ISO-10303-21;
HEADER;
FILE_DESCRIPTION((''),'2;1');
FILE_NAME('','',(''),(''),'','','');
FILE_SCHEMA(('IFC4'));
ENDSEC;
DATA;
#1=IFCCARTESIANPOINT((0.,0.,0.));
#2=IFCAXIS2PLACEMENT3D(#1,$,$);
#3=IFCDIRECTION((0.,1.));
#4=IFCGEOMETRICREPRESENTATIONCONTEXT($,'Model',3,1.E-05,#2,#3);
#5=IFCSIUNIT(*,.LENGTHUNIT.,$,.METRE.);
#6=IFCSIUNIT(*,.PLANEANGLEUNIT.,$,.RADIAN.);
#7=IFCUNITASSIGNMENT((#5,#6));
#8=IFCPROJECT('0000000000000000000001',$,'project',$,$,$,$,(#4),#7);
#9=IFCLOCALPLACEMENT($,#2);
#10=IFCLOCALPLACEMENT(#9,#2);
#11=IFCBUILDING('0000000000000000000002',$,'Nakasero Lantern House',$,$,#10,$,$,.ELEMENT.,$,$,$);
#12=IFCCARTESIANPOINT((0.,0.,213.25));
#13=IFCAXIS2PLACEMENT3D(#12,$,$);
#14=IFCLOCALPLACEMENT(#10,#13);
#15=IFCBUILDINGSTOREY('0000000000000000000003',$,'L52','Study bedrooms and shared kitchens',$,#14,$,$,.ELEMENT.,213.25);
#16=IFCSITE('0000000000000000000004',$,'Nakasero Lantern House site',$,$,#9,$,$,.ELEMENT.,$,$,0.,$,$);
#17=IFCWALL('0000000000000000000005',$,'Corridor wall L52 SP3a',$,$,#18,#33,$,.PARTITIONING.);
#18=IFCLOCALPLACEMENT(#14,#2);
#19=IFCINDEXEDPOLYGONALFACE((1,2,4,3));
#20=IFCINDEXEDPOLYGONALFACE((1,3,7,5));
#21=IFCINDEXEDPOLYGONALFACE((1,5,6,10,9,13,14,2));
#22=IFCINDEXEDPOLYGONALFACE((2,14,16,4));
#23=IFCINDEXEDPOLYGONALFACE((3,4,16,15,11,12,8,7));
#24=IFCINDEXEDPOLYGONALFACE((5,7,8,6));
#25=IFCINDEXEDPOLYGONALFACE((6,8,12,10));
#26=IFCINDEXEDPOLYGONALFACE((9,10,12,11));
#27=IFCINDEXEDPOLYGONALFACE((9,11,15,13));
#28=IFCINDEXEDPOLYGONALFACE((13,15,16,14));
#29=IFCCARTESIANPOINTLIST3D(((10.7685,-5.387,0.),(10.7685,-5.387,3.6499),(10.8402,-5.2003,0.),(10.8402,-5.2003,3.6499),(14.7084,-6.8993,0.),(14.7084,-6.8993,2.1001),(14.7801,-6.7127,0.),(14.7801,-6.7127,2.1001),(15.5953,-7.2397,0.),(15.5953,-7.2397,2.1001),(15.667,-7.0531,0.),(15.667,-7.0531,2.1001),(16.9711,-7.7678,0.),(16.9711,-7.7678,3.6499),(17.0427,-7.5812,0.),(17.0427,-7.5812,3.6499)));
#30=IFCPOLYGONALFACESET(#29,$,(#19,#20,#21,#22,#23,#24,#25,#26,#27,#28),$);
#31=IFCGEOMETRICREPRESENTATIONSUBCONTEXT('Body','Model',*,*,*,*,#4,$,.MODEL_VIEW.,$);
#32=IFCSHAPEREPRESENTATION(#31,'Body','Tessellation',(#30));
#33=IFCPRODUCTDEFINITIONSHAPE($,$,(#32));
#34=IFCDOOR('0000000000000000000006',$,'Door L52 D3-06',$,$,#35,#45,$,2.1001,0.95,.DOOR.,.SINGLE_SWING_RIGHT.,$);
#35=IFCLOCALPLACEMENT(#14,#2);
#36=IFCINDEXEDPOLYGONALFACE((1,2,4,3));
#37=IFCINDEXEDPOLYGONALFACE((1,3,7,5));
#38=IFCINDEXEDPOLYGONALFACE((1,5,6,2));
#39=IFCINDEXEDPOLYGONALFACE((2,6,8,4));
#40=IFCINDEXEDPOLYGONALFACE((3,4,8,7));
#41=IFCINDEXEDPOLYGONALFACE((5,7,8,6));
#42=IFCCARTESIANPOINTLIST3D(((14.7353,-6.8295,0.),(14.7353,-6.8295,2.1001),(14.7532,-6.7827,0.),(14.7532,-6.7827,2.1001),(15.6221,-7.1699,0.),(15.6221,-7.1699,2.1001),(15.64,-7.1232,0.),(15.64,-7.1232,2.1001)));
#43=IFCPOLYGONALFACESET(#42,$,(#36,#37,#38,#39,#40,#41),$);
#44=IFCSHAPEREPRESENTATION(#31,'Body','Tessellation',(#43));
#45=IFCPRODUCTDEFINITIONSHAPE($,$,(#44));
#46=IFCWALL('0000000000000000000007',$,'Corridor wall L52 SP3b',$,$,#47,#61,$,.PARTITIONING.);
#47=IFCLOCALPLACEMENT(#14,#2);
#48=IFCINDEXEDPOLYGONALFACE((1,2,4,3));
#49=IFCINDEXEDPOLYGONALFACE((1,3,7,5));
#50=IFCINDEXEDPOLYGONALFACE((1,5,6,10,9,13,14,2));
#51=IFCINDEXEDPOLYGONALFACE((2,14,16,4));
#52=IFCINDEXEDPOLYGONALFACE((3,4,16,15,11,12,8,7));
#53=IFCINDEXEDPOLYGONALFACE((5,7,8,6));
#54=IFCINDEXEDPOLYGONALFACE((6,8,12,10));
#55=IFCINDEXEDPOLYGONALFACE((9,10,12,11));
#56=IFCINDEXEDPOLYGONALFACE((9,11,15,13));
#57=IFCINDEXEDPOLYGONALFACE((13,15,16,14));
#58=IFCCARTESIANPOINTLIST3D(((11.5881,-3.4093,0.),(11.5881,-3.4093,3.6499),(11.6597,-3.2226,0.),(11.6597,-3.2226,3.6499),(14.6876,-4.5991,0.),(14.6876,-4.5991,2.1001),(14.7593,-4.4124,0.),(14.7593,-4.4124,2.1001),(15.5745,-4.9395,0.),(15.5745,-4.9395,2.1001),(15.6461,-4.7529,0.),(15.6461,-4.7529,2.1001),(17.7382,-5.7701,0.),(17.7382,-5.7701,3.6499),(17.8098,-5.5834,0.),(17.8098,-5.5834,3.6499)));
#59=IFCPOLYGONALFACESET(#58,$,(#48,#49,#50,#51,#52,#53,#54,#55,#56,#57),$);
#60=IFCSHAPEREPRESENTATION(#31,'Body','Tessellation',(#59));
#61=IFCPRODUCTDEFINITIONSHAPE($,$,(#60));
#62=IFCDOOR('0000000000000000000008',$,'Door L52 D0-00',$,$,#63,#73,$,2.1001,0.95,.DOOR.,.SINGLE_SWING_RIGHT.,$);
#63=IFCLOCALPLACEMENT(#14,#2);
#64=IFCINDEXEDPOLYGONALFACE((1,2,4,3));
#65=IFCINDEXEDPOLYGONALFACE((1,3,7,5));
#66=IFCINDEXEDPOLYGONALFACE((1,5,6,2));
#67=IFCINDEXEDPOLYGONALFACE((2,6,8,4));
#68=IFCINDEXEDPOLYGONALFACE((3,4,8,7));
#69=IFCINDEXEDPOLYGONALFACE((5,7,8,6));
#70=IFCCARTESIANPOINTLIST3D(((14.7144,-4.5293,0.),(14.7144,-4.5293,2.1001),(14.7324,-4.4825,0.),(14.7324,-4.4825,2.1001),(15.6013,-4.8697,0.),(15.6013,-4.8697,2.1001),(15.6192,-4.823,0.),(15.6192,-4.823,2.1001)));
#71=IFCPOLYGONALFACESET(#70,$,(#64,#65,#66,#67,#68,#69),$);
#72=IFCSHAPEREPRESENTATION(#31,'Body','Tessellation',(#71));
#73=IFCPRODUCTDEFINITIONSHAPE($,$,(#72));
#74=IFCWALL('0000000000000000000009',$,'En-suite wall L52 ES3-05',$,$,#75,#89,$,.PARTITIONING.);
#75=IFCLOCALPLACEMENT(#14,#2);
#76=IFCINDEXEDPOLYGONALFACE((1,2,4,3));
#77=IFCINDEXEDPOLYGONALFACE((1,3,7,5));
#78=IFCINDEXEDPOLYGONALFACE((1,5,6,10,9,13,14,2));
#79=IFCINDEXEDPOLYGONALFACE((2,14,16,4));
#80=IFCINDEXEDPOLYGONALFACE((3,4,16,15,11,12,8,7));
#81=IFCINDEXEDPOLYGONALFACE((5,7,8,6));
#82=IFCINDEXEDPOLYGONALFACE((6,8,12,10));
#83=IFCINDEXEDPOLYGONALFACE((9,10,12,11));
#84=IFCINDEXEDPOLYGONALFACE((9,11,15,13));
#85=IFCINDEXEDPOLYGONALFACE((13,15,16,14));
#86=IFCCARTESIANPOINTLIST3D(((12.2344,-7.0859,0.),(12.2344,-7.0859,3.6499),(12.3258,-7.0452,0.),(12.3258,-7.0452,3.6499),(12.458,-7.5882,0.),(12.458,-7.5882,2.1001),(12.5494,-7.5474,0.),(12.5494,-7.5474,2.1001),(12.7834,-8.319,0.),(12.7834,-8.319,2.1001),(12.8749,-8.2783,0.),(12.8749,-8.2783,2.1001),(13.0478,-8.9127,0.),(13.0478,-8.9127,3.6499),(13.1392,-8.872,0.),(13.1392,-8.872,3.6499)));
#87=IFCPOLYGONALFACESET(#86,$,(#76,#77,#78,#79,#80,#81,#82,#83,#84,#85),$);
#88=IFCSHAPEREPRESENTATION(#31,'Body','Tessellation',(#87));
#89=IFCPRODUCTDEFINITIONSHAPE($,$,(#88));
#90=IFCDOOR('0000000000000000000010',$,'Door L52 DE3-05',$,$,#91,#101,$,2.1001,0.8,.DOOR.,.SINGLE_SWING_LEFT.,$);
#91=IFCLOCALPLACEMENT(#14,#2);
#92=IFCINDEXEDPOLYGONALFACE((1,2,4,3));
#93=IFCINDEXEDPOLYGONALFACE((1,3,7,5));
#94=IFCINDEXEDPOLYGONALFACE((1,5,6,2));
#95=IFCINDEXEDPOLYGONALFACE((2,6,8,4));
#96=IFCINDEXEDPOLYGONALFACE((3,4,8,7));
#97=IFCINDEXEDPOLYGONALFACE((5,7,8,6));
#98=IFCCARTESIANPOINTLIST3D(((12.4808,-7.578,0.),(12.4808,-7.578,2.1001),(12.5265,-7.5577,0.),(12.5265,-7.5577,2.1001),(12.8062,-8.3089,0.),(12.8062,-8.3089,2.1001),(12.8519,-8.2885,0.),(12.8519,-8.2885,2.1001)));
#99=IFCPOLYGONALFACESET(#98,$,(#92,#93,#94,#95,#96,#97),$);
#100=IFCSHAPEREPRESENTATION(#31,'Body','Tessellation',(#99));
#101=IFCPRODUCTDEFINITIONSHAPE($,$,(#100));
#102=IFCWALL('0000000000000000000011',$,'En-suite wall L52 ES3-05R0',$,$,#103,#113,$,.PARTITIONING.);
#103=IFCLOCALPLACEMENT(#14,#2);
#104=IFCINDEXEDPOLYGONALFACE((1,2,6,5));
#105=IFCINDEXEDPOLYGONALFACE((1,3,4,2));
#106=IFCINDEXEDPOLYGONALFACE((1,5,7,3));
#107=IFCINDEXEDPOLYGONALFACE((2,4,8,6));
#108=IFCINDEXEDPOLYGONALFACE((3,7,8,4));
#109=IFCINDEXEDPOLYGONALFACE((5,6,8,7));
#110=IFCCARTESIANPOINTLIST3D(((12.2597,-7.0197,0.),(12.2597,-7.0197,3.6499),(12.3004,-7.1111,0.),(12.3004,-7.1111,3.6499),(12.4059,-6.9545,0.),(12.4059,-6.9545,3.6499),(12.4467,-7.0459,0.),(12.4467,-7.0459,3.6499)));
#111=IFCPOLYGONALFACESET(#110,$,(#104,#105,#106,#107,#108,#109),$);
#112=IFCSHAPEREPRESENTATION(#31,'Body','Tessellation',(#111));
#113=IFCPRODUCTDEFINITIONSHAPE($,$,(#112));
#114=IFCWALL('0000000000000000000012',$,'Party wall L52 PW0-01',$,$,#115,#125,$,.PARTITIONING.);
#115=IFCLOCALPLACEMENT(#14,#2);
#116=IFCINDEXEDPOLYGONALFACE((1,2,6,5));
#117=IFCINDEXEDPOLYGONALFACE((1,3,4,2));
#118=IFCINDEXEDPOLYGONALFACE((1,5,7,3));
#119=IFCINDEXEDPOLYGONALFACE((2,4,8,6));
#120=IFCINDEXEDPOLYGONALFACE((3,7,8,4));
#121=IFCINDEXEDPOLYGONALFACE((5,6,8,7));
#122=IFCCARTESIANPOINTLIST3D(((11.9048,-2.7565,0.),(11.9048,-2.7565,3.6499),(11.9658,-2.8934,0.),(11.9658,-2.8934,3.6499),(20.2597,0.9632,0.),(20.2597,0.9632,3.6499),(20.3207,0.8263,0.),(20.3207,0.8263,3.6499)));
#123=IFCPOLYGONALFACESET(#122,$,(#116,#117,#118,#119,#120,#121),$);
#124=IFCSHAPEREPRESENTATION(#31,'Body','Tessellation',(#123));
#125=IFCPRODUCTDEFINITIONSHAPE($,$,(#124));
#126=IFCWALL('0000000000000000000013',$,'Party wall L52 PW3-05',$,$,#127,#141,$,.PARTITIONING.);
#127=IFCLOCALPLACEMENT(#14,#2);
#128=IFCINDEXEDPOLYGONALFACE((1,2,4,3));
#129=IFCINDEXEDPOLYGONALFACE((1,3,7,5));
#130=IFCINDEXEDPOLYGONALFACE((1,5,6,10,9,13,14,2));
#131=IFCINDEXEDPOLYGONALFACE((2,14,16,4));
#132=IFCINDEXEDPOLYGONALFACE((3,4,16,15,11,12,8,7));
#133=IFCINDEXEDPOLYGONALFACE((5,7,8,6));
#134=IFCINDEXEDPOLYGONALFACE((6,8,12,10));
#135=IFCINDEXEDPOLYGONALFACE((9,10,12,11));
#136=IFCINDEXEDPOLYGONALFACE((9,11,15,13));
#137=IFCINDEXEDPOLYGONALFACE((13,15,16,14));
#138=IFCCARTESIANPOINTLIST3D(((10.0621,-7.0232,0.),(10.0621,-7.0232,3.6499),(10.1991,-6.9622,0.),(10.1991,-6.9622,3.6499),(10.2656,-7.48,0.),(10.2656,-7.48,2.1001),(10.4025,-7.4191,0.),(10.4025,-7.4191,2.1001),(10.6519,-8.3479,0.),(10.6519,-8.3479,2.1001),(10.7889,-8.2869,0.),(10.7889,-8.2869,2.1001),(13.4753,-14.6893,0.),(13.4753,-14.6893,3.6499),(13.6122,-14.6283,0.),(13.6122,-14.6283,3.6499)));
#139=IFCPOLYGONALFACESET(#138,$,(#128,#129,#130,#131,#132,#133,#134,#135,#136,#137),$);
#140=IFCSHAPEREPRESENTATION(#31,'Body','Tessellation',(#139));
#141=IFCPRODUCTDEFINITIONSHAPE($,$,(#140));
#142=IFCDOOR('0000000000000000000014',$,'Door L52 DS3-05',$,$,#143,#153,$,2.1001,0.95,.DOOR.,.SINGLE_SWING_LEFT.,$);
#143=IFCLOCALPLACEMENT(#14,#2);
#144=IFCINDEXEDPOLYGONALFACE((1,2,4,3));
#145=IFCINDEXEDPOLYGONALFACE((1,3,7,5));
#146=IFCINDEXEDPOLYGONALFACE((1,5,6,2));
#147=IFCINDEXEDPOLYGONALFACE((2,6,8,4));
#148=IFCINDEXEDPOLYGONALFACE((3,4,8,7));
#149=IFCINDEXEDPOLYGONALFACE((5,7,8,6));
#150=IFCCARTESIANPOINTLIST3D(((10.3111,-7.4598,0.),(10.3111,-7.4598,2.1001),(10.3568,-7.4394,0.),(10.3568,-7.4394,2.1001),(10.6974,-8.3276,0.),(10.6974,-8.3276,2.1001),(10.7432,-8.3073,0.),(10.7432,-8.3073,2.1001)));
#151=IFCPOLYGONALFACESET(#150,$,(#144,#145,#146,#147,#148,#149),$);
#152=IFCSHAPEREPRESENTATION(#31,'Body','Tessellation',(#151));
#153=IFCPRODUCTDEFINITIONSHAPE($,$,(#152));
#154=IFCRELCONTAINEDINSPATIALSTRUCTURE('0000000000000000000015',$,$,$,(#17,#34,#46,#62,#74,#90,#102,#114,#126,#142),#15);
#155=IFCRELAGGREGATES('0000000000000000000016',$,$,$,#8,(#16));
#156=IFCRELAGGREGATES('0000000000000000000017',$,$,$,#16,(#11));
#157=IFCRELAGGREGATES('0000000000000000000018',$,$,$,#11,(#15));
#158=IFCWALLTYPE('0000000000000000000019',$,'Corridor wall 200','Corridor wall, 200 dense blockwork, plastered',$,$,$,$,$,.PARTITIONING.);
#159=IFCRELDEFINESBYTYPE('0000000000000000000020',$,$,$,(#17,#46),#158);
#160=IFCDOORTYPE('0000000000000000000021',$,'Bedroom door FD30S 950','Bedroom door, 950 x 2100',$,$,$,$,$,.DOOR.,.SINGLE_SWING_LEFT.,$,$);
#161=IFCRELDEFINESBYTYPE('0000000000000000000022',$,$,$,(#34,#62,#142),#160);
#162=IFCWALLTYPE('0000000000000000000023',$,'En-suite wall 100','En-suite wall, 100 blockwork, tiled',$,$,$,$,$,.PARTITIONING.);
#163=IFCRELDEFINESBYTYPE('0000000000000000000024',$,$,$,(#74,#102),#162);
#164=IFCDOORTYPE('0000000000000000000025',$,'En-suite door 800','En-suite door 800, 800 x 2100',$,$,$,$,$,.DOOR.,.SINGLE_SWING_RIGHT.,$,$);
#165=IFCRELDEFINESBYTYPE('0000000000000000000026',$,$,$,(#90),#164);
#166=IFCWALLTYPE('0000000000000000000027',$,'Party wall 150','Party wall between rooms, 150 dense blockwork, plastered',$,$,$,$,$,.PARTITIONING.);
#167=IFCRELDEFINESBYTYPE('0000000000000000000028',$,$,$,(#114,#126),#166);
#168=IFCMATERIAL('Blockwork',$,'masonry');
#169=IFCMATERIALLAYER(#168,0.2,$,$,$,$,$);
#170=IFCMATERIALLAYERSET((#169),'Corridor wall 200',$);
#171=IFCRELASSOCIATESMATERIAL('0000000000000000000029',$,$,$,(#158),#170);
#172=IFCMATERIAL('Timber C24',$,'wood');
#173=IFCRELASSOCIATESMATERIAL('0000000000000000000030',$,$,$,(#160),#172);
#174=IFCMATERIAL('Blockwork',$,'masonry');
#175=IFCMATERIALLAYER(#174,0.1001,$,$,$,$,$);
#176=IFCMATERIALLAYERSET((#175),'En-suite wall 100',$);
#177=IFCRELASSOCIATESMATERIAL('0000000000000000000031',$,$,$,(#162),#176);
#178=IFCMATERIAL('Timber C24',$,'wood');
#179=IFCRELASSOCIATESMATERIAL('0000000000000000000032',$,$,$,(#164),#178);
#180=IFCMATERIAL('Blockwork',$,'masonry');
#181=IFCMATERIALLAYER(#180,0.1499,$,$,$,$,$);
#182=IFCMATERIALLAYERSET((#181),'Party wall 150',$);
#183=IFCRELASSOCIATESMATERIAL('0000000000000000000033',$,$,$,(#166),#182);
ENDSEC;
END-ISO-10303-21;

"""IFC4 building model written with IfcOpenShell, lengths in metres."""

from ifc_helpers import new_model, si_unit, direction, frame, frame_2d, origin, place, context, subcontext, project, spatial, rectangle, extrude, material, layer, layer_set, type_object, element, fill, save


model = new_model("IFC4")

# Units and contexts
model_context = context("Model", 3, precision=1e-05, world=origin(), true_north=direction((0.0, 1.0)))
body_context = subcontext(model_context, "Body", "Model", "MODEL_VIEW")
ifc_project = project(units=[si_unit("LENGTHUNIT", "METRE"), si_unit("PLANEANGLEUNIT", "RADIAN")], contexts=[model_context])

# Site, building, storey
site_placement = place(None, origin())
site = spatial("IfcSite", under=ifc_project, at=site_placement, Name="Nakasero Lantern House site", CompositionType="ELEMENT", RefElevation=0.0)
building_placement = place(site_placement, origin())
building = spatial("IfcBuilding", under=site, at=building_placement, Name="Nakasero Lantern House", CompositionType="ELEMENT")
storey_placement = place(building_placement, frame((0.0, 0.0, 213.25)))
storey = spatial("IfcBuildingStorey", under=building, at=storey_placement, Name="L52", Description="Study bedrooms and shared kitchens", CompositionType="ELEMENT", Elevation=213.25)

# Shared definitions
ifc_material_1 = material(Name="Blockwork", Category="masonry")
ifc_layer_1 = layer(ifc_material_1, 0.2)
ifc_layer_set_1 = layer_set([ifc_layer_1], Name="Corridor wall 200")
wall_type_1 = type_object("IfcWallType", Name="Corridor wall 200", Description="Corridor wall, 200 dense blockwork, plastered", PredefinedType="PARTITIONING", material=ifc_layer_set_1)

# Walls, openings, doors
wall_1_placement = place(storey_placement, frame((10.8044, -5.2937, 0.0), z_axis=(0.0, 0.0, 1.0), x_axis=(0.933586, -0.358354, 0.0)))
wall_1 = element("IfcWall", 1, at=wall_1_placement, inside=storey, type_object=wall_type_1, Name="Corridor wall L52 SP3a", PredefinedType="PARTITIONING", context=body_context, shape_type="SweptSolid", body=[
    extrude(rectangle(XDim=6.6438, YDim=0.2, at=frame_2d((3.3218, 0.0))), origin(), (0.0, 0.0, 1.0), 3.6499),
])
opening_1_placement = place(wall_1_placement, frame((4.22, 0.0, 0.0)))
opening_1 = element("IfcOpeningElement", 2, at=opening_1_placement, cuts=wall_1, PredefinedType="OPENING", context=body_context, shape_type="SweptSolid", body=[
    extrude(rectangle(XDim=0.95, YDim=2.1001, at=frame_2d((0.4751, 1.05))), frame((0.0, 0.1199, 0.0), z_axis=(0.0, -1.0, 0.0), x_axis=(1.0, 0.0, 0.0)), (0.0, 0.0, 1.0), 0.24),
])
ifc_material_2 = material(Name="Timber C24", Category="wood")
door_type_1 = type_object("IfcDoorType", Name="Bedroom door FD30S 950", Description="Bedroom door, 950 x 2100", OperationType="SINGLE_SWING_LEFT", PredefinedType="DOOR", material=ifc_material_2)
door_1_placement = place(opening_1_placement, origin())
door_1 = element("IfcDoor", 3, at=door_1_placement, inside=storey, type_object=door_type_1, Name="Door L52 D3-06", OperationType="SINGLE_SWING_RIGHT", OverallHeight=2.1001, OverallWidth=0.95, PredefinedType="DOOR", context=body_context, shape_type="SweptSolid", body=[
    extrude(rectangle(XDim=0.95, YDim=2.1001, at=frame_2d((0.4751, 1.05))), frame((0.0, 0.0249, 0.0), z_axis=(0.0, -1.0, 0.0), x_axis=(1.0, 0.0, 0.0)), (0.0, 0.0, 1.0), 0.05),
])
fill(opening_1, door_1)
wall_2_placement = place(storey_placement, frame((11.6238, -3.3159, 0.0), z_axis=(0.0, 0.0, 1.0), x_axis=(0.933579, -0.358371, 0.0)))
wall_2 = element("IfcWall", 4, at=wall_2_placement, inside=storey, type_object=wall_type_1, Name="Corridor wall L52 SP3b", PredefinedType="PARTITIONING", context=body_context, shape_type="SweptSolid", body=[
    extrude(rectangle(XDim=6.5876, YDim=0.2, at=frame_2d((3.2939, 0.0))), origin(), (0.0, 0.0, 1.0), 3.6499),
])
opening_2_placement = place(wall_2_placement, frame((3.3201, 0.0, 0.0)))
opening_2 = element("IfcOpeningElement", 5, at=opening_2_placement, cuts=wall_2, PredefinedType="OPENING", context=body_context, shape_type="SweptSolid", body=[
    extrude(rectangle(XDim=0.95, YDim=2.1001, at=frame_2d((0.4751, 1.05))), frame((0.0, 0.1199, 0.0), z_axis=(0.0, -1.0, 0.0), x_axis=(1.0, 0.0, 0.0)), (0.0, 0.0, 1.0), 0.24),
])
door_2_placement = place(opening_2_placement, origin())
door_2 = element("IfcDoor", 6, at=door_2_placement, inside=storey, type_object=door_type_1, Name="Door L52 D0-00", OperationType="SINGLE_SWING_RIGHT", OverallHeight=2.1001, OverallWidth=0.95, PredefinedType="DOOR", context=body_context, shape_type="SweptSolid", body=[
    extrude(rectangle(XDim=0.95, YDim=2.1001, at=frame_2d((0.4751, 1.05))), frame((0.0, 0.0249, 0.0), z_axis=(0.0, -1.0, 0.0), x_axis=(1.0, 0.0, 0.0)), (0.0, 0.0, 1.0), 0.05),
])
fill(opening_2, door_2)
ifc_material_3 = material(Name="Blockwork", Category="masonry")
ifc_layer_2 = layer(ifc_material_3, 0.1001)
ifc_layer_set_2 = layer_set([ifc_layer_2], Name="En-suite wall 100")
wall_type_2 = type_object("IfcWallType", Name="En-suite wall 100", Description="En-suite wall, 100 blockwork, tiled", PredefinedType="PARTITIONING", material=ifc_layer_set_2)
wall_3_placement = place(storey_placement, frame((12.28, -7.0654, 0.0), z_axis=(0.0, 0.0, 1.0), x_axis=(0.406773, -0.913529, 0.0)))
wall_3 = element("IfcWall", 7, at=wall_3_placement, inside=storey, type_object=wall_type_2, Name="En-suite wall L52 ES3-05", PredefinedType="PARTITIONING", context=body_context, shape_type="SweptSolid", body=[
    extrude(rectangle(XDim=1.9998, YDim=0.1001, at=frame_2d((1.0, 0.0))), origin(), (0.0, 0.0, 1.0), 3.6499),
])
opening_3_placement = place(wall_3_placement, frame((0.55, 0.0, 0.0)))
opening_3 = element("IfcOpeningElement", 8, at=opening_3_placement, cuts=wall_3, PredefinedType="OPENING", context=body_context, shape_type="SweptSolid", body=[
    extrude(rectangle(XDim=0.8, YDim=2.1001, at=frame_2d((0.3999, 1.05))), frame((0.0, 0.0701, 0.0), z_axis=(0.0, -1.0, 0.0), x_axis=(1.0, 0.0, 0.0)), (0.0, 0.0, 1.0), 0.1401),
])
ifc_material_4 = material(Name="Timber C24", Category="wood")
door_type_2 = type_object("IfcDoorType", Name="En-suite door 800", Description="En-suite door 800, 800 x 2100", OperationType="SINGLE_SWING_RIGHT", PredefinedType="DOOR", material=ifc_material_4)
door_3_placement = place(opening_3_placement, origin())
door_3 = element("IfcDoor", 9, at=door_3_placement, inside=storey, type_object=door_type_2, Name="Door L52 DE3-05", OperationType="SINGLE_SWING_LEFT", OverallHeight=2.1001, OverallWidth=0.8, PredefinedType="DOOR", context=body_context, shape_type="SweptSolid", body=[
    extrude(rectangle(XDim=0.8, YDim=2.1001, at=frame_2d((0.3999, 1.05))), frame((0.0, 0.0249, 0.0), z_axis=(0.0, -1.0, 0.0), x_axis=(1.0, 0.0, 0.0)), (0.0, 0.0, 1.0), 0.05),
])
fill(opening_3, door_3)

# Walls
wall_4_placement = place(storey_placement, frame((12.28, -7.0654, 0.0), z_axis=(0.0, 0.0, 1.0), x_axis=(0.913371, 0.407129, 0.0)))
element("IfcWall", 10, at=wall_4_placement, inside=storey, type_object=wall_type_2, Name="En-suite wall L52 ES3-05R0", PredefinedType="PARTITIONING", context=body_context, shape_type="SweptSolid", body=[
    extrude(rectangle(XDim=0.1602, YDim=0.1001, at=frame_2d((0.0801, 0.0))), origin(), (0.0, 0.0, 1.0), 3.6499),
])
ifc_material_5 = material(Name="Blockwork", Category="masonry")
ifc_layer_3 = layer(ifc_material_5, 0.1499)
ifc_layer_set_3 = layer_set([ifc_layer_3], Name="Party wall 150")
wall_type_3 = type_object("IfcWallType", Name="Party wall 150", Description="Party wall between rooms, 150 dense blockwork, plastered", PredefinedType="PARTITIONING", material=ifc_layer_set_3)
wall_5_placement = place(storey_placement, frame((11.9353, -2.825, 0.0), z_axis=(0.0, 0.0, 1.0), x_axis=(0.913552, 0.406723, 0.0)))
element("IfcWall", 11, at=wall_5_placement, inside=storey, type_object=wall_type_3, Name="Party wall L52 PW0-01", PredefinedType="PARTITIONING", context=body_context, shape_type="SweptSolid", body=[
    extrude(rectangle(XDim=9.1455, YDim=0.1499, at=frame_2d((4.5728, 0.0))), origin(), (0.0, 0.0, 1.0), 3.6499),
])

# Wall, opening, door
wall_6_placement = place(storey_placement, frame((10.1306, -6.9927, 0.0), z_axis=(0.0, 0.0, 1.0), x_axis=(0.406732, -0.913547, 0.0)))
wall_6 = element("IfcWall", 12, at=wall_6_placement, inside=storey, type_object=wall_type_3, Name="Party wall L52 PW3-05", PredefinedType="PARTITIONING", context=body_context, shape_type="SweptSolid", body=[
    extrude(rectangle(XDim=8.3916, YDim=0.1499, at=frame_2d((4.1958, 0.0))), origin(), (0.0, 0.0, 1.0), 3.6499),
])
opening_4_placement = place(wall_6_placement, frame((0.5, 0.0, 0.0)))
opening_4 = element("IfcOpeningElement", 13, at=opening_4_placement, cuts=wall_6, PredefinedType="OPENING", context=body_context, shape_type="SweptSolid", body=[
    extrude(rectangle(XDim=0.95, YDim=2.1001, at=frame_2d((0.4751, 1.05))), frame((0.0, 0.095, 0.0), z_axis=(0.0, -1.0, 0.0), x_axis=(1.0, 0.0, 0.0)), (0.0, 0.0, 1.0), 0.1899),
])
door_4_placement = place(opening_4_placement, origin())
door_4 = element("IfcDoor", 14, at=door_4_placement, inside=storey, type_object=door_type_1, Name="Door L52 DS3-05", OperationType="SINGLE_SWING_LEFT", OverallHeight=2.1001, OverallWidth=0.95, PredefinedType="DOOR", context=body_context, shape_type="SweptSolid", body=[
    extrude(rectangle(XDim=0.95, YDim=2.1001, at=frame_2d((0.4751, 1.05))), frame((0.0, 0.0249, 0.0), z_axis=(0.0, -1.0, 0.0), x_axis=(1.0, 0.0, 0.0)), (0.0, 0.0, 1.0), 0.05),
])
fill(opening_4, door_4)

save(model, "model.ifc")
